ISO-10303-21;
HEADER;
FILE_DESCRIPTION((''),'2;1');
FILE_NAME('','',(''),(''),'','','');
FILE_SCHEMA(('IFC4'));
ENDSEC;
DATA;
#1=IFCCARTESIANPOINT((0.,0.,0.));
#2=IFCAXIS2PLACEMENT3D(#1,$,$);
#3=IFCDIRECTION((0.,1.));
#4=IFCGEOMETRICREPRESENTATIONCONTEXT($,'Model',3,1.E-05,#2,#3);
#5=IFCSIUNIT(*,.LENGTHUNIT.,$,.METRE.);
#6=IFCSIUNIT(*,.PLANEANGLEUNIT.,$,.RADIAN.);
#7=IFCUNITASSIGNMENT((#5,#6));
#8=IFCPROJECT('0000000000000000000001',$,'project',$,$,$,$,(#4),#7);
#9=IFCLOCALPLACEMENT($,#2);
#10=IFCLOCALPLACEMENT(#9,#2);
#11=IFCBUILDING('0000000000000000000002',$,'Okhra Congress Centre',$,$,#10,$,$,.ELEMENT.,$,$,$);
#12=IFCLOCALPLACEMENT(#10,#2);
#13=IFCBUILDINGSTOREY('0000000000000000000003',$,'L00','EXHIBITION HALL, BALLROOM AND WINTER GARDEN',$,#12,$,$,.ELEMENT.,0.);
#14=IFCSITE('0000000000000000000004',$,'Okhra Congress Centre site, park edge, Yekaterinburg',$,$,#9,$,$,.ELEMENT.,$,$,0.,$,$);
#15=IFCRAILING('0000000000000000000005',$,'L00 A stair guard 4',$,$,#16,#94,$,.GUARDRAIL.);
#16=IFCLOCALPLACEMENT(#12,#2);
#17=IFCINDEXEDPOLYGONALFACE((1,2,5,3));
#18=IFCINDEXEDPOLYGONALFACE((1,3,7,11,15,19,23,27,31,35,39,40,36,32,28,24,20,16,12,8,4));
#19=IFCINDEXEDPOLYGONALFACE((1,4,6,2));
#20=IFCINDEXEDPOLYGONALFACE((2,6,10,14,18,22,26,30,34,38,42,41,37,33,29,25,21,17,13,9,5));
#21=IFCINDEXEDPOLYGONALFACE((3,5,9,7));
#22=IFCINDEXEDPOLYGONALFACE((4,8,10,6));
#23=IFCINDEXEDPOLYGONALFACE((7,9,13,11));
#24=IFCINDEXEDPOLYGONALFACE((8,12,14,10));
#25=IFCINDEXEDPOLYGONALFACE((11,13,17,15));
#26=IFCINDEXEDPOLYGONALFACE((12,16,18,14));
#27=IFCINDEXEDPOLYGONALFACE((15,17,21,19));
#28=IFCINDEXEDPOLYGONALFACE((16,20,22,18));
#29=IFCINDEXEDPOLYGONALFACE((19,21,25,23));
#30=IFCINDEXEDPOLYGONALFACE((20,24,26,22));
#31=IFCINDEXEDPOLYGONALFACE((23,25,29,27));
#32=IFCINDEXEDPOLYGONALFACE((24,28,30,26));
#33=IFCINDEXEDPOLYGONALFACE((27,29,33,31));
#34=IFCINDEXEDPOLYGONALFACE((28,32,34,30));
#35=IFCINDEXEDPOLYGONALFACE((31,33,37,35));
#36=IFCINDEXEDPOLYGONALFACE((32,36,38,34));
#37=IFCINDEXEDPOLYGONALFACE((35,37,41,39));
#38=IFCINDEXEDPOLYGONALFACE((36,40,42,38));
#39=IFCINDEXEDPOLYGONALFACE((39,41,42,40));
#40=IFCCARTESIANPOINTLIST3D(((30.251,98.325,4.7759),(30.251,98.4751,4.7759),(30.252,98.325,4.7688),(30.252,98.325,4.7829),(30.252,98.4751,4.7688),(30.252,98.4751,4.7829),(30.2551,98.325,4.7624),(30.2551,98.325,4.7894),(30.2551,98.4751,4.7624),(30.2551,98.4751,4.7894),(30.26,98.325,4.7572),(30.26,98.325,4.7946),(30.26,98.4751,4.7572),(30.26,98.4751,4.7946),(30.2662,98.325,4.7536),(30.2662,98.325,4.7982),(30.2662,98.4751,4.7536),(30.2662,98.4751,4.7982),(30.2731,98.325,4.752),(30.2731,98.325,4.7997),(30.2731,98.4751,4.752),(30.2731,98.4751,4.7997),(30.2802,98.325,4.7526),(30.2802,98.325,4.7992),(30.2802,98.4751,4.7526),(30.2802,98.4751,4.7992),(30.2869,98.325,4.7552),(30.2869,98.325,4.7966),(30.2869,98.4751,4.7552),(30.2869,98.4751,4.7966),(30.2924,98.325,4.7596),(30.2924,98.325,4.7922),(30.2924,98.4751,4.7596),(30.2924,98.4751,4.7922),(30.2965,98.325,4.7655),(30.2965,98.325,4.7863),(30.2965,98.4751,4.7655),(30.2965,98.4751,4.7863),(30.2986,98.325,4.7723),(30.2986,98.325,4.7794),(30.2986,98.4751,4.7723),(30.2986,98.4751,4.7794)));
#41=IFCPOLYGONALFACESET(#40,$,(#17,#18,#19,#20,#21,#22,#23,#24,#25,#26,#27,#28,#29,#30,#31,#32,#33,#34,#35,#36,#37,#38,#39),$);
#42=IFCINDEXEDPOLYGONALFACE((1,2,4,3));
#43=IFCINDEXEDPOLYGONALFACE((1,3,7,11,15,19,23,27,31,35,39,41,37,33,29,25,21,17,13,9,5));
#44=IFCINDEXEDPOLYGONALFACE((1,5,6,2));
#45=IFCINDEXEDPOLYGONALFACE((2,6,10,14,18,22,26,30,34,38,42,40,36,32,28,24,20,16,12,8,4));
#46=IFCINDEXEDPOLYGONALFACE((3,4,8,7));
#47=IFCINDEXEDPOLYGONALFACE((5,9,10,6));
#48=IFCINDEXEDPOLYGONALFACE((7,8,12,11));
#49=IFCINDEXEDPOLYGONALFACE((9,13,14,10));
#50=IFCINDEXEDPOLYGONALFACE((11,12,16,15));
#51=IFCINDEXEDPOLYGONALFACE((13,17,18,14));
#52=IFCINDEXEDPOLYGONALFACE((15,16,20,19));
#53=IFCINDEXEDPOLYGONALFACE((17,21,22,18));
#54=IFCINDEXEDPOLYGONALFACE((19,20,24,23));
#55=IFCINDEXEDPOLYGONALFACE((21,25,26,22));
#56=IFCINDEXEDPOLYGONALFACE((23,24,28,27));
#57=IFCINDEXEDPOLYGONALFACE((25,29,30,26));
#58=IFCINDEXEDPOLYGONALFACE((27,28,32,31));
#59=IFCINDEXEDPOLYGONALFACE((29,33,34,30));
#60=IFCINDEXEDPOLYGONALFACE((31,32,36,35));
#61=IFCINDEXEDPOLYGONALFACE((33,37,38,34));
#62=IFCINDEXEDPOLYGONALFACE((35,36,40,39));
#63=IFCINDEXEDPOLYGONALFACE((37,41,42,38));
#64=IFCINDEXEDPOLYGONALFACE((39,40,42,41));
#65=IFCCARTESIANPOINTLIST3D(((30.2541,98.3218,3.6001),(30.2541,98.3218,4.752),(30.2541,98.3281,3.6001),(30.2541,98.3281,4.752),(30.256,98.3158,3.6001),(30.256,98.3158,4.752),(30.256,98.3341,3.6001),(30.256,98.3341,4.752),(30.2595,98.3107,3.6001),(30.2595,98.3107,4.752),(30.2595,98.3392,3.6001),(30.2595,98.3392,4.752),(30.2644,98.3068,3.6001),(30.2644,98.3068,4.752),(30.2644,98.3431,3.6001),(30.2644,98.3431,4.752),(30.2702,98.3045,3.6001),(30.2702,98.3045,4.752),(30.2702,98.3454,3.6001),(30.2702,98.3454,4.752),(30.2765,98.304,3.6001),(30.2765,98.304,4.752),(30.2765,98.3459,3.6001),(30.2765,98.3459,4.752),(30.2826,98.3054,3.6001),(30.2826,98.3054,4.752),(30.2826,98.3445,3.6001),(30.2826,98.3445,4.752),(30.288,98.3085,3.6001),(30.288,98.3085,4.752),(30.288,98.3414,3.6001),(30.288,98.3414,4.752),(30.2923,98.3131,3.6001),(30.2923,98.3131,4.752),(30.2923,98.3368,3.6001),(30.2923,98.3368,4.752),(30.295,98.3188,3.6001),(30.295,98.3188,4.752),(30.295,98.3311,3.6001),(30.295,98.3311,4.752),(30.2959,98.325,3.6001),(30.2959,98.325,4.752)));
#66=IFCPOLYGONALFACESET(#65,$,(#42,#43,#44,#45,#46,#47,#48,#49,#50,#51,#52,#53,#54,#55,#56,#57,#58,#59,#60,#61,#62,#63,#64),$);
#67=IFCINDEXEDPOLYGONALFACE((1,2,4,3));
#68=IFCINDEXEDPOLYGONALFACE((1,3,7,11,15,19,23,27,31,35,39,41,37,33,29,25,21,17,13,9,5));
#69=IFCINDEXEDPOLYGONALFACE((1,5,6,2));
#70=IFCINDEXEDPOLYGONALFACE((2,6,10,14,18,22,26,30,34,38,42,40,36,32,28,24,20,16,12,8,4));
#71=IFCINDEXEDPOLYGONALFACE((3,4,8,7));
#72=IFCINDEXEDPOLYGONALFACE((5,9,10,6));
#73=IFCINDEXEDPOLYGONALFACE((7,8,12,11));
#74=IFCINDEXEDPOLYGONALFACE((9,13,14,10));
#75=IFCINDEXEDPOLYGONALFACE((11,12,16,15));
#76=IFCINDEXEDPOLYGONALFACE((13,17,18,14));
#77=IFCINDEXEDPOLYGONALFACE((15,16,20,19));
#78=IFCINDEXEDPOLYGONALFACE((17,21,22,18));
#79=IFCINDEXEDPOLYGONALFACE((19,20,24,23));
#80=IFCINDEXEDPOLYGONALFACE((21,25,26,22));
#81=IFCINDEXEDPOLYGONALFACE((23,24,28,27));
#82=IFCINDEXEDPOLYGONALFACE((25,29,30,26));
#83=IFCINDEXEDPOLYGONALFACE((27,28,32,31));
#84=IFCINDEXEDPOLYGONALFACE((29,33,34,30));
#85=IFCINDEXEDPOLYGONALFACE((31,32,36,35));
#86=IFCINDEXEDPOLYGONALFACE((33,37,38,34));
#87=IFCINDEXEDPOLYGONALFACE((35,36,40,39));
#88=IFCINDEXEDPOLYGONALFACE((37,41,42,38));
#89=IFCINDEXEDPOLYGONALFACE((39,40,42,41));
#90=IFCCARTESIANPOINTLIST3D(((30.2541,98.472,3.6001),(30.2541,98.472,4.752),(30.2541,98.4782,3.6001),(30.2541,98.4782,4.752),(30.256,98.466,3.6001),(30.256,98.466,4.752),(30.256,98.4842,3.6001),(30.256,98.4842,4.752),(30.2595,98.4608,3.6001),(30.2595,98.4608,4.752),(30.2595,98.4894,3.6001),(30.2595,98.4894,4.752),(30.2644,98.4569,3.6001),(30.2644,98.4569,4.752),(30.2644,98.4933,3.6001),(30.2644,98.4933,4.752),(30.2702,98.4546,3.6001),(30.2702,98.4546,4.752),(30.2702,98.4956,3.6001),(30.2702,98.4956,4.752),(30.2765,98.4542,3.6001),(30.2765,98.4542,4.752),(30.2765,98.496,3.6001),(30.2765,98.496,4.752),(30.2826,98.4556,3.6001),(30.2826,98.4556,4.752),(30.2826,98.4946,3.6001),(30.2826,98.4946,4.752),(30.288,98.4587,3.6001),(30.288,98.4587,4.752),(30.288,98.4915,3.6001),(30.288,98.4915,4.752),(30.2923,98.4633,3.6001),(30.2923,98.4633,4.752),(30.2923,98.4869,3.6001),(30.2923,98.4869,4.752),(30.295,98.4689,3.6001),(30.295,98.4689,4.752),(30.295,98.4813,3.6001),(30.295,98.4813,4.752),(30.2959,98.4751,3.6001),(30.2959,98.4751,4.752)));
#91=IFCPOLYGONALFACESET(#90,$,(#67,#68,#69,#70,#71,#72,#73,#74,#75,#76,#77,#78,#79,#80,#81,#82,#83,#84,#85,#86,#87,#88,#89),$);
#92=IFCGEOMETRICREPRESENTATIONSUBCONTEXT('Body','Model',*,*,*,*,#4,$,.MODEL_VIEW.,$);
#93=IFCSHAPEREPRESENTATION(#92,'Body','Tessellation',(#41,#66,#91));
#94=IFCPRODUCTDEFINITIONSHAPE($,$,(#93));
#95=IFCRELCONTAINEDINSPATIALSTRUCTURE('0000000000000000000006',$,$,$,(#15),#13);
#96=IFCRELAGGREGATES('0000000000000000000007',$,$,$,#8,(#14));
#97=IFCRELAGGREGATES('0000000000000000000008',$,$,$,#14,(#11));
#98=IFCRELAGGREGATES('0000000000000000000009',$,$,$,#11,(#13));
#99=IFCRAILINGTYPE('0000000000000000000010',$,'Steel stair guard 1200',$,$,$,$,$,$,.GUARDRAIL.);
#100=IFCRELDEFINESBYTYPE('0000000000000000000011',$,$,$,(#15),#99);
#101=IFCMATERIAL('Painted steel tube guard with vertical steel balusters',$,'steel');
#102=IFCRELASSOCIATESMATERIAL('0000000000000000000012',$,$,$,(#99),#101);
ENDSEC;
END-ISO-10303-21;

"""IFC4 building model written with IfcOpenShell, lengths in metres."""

from ifc_helpers import new_model, si_unit, direction, frame, origin, origin_2d, place, context, subcontext, project, spatial, circle, extrude, material, type_object, element, save


model = new_model("IFC4")

# Units and contexts
model_context = context("Model", 3, precision=1e-05, world=origin(), true_north=direction((0.0, 1.0)))
body_context = subcontext(model_context, "Body", "Model", "MODEL_VIEW")
ifc_project = project(units=[si_unit("LENGTHUNIT", "METRE"), si_unit("PLANEANGLEUNIT", "RADIAN")], contexts=[model_context])

# Site, building, storey
site_placement = place(None, origin())
site = spatial("IfcSite", under=ifc_project, at=site_placement, Name="Okhra Congress Centre site, park edge, Yekaterinburg", CompositionType="ELEMENT", RefElevation=0.0)
building_placement = place(site_placement, origin())
building = spatial("IfcBuilding", under=site, at=building_placement, Name="Okhra Congress Centre", CompositionType="ELEMENT")
storey_placement = place(building_placement, origin())
storey = spatial("IfcBuildingStorey", under=building, at=storey_placement, Name="L00", Description="EXHIBITION HALL, BALLROOM AND WINTER GARDEN", CompositionType="ELEMENT", Elevation=0.0)

# Railing
ifc_material_1 = material(Name="Painted steel tube guard with vertical steel balusters", Category="steel")
railing_type_1 = type_object("IfcRailingType", Name="Steel stair guard 1200", PredefinedType="GUARDRAIL", material=ifc_material_1)
railing_1_placement = place(storey_placement, frame((30.2749, 98.325, 3.6001)))
element("IfcRailing", 1, at=railing_1_placement, inside=storey, type_object=railing_type_1, Name="L00 A stair guard 4", PredefinedType="GUARDRAIL", context=body_context, shape_type="SweptSolid", body=[
    extrude(circle(Radius=0.0239, at=origin_2d()), frame((0.0, 0.0, 1.1758), z_axis=(0.0, 1.0, 0.0), x_axis=(-1.0, 0.0, 0.0)), (0.0, 0.0, 1.0), 0.1501),
    extrude(circle(Radius=0.021, at=origin_2d()), origin(), (0.0, 0.0, 1.0), 1.1519),
    extrude(circle(Radius=0.021, at=origin_2d()), frame((0.0, 0.1501, 0.0)), (0.0, 0.0, 1.0), 1.1519),
])

save(model, "model.ifc")
